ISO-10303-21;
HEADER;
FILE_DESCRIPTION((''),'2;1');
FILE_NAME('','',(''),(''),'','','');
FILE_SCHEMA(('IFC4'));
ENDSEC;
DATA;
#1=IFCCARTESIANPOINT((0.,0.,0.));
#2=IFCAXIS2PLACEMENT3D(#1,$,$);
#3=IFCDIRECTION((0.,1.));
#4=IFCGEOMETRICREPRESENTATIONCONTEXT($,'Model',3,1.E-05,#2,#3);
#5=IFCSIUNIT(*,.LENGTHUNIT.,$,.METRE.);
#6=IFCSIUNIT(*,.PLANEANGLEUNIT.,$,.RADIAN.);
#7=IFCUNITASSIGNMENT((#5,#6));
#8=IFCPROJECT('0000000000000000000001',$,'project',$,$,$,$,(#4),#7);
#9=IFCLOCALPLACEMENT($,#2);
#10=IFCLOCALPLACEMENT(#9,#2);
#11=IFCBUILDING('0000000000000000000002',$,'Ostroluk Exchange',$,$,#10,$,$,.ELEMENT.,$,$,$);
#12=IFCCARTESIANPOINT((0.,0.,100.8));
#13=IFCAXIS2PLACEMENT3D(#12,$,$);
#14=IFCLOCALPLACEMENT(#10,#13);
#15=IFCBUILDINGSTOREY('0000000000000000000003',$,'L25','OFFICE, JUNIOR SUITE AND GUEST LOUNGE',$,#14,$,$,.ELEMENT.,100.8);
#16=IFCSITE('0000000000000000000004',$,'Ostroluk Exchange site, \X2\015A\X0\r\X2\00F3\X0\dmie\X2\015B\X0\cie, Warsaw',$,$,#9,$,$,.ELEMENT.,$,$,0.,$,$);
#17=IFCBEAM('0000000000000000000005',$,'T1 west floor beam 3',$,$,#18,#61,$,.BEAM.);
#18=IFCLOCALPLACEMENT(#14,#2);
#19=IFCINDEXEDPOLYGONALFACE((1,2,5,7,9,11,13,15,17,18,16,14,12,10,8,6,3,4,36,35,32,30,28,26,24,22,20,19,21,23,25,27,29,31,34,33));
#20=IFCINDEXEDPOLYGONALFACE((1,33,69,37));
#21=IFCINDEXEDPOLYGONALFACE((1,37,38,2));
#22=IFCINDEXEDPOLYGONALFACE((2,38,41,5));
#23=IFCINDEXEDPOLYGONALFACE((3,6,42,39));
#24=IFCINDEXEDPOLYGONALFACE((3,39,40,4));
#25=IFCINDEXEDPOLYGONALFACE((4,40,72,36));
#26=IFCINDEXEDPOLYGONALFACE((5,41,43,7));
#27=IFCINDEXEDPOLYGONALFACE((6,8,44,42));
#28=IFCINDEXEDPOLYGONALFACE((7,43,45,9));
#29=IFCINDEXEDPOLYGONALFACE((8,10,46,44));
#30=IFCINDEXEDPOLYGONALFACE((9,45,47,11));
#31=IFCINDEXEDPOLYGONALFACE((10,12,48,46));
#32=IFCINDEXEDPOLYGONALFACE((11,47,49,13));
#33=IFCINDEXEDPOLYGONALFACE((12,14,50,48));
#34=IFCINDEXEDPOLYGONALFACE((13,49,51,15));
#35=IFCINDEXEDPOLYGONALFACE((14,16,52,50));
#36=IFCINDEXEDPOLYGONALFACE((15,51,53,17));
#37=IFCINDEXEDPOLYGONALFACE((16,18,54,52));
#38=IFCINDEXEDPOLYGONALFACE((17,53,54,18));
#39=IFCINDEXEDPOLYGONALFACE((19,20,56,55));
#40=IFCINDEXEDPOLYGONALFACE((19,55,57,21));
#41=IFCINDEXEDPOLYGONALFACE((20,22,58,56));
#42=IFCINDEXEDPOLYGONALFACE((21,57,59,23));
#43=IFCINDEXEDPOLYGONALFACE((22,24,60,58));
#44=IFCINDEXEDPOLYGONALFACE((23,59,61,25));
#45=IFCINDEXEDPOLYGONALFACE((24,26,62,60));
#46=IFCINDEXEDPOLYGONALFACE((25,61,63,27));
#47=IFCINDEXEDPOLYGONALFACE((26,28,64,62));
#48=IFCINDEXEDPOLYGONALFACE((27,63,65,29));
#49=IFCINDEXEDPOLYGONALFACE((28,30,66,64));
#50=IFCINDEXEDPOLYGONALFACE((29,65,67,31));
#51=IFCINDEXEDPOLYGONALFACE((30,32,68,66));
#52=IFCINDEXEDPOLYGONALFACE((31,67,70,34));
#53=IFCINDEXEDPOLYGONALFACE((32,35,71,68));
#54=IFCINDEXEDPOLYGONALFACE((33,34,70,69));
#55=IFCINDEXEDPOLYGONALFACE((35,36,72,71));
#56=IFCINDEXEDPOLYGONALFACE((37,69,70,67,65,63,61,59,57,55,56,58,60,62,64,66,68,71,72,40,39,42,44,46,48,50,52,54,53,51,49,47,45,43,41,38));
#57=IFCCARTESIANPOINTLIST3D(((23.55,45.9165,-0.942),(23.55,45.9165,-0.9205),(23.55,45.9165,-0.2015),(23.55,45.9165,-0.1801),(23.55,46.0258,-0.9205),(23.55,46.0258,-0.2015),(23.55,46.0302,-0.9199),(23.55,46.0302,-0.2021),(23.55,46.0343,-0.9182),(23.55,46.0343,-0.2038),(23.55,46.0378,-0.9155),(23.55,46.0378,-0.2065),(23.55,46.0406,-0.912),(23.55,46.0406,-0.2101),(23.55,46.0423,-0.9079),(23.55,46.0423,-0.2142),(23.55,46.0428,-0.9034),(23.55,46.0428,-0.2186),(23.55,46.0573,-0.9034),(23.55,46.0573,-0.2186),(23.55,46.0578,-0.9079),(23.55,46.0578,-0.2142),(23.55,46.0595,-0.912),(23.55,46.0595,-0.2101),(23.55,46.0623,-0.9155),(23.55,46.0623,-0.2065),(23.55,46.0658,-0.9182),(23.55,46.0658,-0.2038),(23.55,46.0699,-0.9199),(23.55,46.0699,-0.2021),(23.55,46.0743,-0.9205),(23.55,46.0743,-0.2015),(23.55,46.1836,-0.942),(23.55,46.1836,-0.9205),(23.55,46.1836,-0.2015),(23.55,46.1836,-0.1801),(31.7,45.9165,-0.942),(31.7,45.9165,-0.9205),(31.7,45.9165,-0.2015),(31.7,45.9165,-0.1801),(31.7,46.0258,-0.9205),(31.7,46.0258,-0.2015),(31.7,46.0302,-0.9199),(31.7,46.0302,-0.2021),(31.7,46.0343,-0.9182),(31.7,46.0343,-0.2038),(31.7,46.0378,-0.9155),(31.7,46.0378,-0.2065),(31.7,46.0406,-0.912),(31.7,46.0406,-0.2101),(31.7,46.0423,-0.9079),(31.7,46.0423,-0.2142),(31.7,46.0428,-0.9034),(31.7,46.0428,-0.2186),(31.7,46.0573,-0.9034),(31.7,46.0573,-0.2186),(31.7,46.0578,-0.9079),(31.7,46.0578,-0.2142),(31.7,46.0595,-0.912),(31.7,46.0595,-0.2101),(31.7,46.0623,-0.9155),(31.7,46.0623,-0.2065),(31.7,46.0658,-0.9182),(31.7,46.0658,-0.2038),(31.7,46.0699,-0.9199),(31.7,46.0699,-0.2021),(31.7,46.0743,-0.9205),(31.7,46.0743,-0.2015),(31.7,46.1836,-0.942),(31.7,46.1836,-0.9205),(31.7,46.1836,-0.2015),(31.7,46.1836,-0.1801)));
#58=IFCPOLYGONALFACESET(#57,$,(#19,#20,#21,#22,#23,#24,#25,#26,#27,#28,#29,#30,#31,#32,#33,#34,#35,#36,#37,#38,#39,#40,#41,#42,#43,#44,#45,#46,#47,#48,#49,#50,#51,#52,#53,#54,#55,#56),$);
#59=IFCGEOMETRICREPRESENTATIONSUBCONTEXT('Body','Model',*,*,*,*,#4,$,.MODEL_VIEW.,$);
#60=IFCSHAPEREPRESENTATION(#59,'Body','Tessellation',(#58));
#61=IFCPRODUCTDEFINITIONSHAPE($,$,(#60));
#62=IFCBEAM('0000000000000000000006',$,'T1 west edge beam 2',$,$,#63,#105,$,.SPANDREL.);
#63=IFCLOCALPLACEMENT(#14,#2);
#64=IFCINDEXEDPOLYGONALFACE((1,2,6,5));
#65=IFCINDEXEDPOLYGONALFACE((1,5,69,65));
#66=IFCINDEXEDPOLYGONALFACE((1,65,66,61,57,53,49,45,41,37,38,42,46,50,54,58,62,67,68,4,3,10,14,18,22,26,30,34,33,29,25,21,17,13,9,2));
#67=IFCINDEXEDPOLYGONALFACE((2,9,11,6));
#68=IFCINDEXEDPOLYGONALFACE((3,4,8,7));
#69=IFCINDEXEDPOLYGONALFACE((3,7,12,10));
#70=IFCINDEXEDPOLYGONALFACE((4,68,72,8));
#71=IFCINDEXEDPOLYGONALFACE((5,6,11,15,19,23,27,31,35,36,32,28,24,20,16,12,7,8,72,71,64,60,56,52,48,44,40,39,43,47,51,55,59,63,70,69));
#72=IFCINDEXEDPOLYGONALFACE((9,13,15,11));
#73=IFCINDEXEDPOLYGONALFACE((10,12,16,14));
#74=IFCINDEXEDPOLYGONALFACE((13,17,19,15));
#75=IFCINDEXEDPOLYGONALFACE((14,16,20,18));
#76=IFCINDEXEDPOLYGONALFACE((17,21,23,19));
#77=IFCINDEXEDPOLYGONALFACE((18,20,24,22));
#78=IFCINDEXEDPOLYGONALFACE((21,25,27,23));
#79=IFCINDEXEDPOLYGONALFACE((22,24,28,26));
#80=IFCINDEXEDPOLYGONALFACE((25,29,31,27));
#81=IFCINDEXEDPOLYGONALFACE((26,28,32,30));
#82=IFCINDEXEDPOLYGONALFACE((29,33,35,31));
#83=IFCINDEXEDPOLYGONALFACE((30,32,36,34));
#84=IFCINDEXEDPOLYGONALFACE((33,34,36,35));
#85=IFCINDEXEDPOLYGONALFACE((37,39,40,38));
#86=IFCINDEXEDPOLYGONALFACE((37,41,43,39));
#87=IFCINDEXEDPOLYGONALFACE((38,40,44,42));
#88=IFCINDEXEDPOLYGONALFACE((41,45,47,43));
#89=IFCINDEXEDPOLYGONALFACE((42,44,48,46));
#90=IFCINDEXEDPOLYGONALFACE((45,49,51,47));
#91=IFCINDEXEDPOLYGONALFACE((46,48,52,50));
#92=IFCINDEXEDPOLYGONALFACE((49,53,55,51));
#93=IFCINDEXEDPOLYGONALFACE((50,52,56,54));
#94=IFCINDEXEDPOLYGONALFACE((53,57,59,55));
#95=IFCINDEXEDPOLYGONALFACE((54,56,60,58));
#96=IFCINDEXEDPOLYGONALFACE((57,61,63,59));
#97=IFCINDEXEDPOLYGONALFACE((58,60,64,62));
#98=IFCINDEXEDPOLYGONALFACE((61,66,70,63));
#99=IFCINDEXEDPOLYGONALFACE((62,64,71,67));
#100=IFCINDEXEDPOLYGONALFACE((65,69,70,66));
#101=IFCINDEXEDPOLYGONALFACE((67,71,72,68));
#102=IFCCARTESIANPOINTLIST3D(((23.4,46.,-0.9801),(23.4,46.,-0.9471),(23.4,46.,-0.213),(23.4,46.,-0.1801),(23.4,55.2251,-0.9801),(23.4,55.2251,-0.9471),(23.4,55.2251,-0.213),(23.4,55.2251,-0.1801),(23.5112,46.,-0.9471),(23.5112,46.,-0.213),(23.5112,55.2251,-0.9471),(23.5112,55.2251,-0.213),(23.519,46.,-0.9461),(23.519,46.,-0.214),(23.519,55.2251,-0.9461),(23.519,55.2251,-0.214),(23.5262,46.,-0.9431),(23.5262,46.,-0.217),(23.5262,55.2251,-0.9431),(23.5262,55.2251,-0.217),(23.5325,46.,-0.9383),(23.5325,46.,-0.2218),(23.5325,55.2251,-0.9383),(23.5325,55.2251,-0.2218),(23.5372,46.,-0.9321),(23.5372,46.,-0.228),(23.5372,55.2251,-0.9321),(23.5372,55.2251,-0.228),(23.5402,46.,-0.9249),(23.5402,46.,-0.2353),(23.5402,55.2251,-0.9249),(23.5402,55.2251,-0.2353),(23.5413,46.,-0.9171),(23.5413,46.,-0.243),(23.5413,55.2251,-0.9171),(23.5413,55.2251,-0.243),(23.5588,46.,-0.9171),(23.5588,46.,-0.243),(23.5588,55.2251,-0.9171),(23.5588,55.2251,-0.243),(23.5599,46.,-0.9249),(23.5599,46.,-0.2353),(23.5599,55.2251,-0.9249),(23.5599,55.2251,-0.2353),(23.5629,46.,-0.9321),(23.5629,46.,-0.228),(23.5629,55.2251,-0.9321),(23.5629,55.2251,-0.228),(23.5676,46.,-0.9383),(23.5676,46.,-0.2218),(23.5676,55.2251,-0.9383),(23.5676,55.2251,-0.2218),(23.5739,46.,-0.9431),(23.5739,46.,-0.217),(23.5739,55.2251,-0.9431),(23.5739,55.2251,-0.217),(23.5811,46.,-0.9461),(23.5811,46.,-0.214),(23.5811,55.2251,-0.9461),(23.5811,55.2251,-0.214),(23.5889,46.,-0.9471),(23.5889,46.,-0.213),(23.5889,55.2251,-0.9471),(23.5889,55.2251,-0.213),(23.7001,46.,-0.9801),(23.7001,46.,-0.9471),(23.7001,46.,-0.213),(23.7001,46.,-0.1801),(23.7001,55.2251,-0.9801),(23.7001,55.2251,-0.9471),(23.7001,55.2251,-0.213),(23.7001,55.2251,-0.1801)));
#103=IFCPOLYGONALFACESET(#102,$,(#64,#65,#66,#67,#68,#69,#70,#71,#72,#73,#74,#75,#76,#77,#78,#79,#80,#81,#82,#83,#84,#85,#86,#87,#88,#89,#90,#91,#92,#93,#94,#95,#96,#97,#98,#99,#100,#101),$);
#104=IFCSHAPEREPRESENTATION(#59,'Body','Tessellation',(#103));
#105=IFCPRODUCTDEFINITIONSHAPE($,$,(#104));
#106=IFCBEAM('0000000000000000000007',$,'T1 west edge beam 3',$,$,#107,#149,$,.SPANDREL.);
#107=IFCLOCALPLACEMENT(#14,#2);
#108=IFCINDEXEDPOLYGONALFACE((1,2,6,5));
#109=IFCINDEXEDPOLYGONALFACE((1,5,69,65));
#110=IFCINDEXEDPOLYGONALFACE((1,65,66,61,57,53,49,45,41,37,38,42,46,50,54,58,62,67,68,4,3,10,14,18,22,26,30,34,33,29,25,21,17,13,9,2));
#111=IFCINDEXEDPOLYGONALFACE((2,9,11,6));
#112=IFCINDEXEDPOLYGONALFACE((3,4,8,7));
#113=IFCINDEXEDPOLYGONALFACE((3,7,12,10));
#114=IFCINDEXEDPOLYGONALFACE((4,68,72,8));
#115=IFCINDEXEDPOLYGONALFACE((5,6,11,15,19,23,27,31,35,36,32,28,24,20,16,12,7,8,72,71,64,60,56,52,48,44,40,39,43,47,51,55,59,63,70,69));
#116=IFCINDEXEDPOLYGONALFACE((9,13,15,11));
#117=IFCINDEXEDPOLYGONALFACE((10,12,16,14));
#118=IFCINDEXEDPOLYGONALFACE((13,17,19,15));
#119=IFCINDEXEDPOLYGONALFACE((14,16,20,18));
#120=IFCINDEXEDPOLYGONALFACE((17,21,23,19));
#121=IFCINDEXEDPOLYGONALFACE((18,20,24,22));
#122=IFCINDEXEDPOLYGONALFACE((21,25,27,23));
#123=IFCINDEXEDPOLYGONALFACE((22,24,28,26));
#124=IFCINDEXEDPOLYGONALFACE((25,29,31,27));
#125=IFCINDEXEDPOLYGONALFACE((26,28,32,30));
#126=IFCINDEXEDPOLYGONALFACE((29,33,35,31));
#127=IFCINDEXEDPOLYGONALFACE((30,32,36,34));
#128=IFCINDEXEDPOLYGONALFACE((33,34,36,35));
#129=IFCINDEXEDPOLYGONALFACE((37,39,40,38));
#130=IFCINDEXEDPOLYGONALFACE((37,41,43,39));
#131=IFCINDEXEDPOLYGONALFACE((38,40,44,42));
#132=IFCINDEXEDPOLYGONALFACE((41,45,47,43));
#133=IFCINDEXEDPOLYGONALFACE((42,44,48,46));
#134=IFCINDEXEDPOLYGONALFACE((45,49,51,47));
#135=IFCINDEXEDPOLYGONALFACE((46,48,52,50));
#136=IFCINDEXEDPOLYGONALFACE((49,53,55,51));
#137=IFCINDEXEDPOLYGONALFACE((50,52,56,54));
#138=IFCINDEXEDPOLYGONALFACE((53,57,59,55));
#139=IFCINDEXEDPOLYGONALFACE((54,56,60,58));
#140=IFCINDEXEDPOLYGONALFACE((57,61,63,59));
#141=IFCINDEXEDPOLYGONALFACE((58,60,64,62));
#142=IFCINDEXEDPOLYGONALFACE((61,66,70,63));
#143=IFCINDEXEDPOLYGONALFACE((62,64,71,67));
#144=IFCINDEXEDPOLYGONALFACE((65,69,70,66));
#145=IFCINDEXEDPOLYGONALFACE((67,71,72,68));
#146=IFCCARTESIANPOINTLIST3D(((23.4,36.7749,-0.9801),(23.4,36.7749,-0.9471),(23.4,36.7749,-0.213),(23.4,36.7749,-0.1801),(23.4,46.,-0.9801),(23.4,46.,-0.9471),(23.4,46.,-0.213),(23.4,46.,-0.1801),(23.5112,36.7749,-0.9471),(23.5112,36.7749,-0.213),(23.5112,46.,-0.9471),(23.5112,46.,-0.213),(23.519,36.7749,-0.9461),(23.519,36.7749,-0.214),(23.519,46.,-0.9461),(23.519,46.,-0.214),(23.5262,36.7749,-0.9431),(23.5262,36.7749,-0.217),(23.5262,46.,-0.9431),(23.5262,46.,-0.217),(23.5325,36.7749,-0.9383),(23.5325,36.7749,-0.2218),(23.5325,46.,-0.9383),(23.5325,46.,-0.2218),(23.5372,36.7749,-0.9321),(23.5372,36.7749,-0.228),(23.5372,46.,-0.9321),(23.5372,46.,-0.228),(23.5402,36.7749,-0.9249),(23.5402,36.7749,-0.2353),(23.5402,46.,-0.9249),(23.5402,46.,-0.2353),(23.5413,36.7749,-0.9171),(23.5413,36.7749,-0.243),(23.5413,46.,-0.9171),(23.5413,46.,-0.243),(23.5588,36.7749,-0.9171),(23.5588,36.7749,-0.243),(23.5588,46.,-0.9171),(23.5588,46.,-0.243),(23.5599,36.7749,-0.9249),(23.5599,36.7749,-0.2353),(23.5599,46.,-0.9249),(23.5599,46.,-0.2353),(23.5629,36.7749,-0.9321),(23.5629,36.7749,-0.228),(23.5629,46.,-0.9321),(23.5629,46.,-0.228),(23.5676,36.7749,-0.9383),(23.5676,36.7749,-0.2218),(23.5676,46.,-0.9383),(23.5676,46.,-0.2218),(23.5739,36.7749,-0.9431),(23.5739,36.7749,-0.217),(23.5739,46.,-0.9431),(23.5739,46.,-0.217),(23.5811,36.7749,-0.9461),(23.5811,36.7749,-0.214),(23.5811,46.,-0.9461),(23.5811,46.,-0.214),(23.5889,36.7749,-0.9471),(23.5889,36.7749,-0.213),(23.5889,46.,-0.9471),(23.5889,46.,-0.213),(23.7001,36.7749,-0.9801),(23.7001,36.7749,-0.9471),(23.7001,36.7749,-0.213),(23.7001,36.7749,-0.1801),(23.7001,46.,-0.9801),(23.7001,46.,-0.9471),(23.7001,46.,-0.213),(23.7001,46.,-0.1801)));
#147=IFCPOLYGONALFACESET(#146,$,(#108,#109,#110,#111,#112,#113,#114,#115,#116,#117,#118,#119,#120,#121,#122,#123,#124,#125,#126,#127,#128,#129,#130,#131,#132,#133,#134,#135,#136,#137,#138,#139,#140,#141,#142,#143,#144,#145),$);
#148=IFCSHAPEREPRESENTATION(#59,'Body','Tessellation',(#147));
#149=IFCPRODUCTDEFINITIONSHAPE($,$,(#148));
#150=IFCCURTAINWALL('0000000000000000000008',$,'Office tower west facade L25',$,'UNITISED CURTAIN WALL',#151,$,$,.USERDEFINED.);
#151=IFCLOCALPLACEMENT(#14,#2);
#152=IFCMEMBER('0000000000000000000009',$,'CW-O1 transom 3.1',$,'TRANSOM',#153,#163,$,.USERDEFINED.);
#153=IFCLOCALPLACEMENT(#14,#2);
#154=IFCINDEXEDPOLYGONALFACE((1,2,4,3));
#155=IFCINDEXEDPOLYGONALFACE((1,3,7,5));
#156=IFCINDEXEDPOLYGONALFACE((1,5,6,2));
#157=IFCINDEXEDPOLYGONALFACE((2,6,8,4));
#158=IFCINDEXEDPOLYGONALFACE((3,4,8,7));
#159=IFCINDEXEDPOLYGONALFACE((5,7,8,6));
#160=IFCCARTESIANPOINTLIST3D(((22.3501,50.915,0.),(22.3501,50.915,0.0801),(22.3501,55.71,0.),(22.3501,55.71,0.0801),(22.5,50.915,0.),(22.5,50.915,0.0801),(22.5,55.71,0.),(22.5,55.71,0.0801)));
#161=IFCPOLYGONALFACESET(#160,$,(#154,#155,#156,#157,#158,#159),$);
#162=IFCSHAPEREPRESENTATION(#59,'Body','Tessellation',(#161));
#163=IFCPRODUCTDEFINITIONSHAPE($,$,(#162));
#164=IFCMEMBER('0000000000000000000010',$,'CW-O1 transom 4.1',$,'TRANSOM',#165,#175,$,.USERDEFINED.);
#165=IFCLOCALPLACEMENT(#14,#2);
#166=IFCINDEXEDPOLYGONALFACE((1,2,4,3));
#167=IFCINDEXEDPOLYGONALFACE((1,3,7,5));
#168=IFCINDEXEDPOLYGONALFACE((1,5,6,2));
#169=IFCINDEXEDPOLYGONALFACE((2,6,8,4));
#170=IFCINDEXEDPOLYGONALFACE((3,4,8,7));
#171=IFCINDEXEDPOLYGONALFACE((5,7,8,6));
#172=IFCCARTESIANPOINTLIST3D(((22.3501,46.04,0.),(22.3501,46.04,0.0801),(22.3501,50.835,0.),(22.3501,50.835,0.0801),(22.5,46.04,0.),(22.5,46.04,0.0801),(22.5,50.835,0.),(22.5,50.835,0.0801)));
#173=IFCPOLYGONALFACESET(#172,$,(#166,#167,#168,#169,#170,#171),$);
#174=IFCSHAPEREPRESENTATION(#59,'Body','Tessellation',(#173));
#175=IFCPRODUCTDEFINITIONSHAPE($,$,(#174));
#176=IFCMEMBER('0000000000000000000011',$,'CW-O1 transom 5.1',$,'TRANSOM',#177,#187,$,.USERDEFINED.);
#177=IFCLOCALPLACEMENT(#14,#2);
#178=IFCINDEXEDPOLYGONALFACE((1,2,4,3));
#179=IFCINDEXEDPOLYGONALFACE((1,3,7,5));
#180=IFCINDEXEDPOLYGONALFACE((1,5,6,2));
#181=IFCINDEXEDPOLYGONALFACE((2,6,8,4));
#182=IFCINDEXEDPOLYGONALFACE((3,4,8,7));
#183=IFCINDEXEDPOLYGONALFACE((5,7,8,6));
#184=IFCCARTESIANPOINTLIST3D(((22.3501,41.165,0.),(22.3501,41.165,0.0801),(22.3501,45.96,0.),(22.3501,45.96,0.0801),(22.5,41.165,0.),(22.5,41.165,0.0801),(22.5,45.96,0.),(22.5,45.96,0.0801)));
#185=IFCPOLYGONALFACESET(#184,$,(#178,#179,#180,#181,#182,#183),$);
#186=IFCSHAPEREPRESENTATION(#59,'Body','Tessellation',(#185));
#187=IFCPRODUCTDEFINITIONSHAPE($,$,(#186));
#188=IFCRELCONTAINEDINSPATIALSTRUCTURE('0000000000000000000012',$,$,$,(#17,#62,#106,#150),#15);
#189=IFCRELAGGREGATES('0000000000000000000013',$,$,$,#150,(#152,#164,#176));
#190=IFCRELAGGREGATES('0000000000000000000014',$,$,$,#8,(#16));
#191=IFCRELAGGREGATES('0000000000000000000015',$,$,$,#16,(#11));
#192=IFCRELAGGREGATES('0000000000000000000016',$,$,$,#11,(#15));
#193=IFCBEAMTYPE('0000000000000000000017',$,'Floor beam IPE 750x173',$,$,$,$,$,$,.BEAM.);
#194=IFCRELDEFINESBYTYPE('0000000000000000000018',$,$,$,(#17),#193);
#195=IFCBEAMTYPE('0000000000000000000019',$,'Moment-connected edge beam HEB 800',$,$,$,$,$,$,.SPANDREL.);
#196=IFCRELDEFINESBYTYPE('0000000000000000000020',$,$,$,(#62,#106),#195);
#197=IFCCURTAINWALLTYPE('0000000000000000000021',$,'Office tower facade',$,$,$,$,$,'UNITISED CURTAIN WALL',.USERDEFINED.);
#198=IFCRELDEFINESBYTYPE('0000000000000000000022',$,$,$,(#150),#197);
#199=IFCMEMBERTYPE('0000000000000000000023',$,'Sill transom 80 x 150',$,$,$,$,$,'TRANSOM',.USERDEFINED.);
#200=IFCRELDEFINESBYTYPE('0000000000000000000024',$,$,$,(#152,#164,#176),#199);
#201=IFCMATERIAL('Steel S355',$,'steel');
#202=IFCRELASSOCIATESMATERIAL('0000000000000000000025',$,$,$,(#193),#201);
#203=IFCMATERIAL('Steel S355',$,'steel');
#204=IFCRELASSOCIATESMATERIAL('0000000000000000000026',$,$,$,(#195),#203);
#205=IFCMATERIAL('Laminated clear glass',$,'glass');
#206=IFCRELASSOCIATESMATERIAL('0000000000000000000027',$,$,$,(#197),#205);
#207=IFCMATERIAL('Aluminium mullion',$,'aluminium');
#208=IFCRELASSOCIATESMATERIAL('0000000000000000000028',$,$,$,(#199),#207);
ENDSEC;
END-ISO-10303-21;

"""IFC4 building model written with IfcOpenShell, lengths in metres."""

from ifc_helpers import new_model, si_unit, direction, frame, origin, origin_2d, place, context, subcontext, project, spatial, rectangle, i_section, extrude, material, material_profile, profile_set, type_object, element, aggregate, save


model = new_model("IFC4")

# Units and contexts
model_context = context("Model", 3, precision=1e-05, world=origin(), true_north=direction((0.0, 1.0)))
body_context = subcontext(model_context, "Body", "Model", "MODEL_VIEW")
ifc_project = project(units=[si_unit("LENGTHUNIT", "METRE"), si_unit("PLANEANGLEUNIT", "RADIAN")], contexts=[model_context])

# Site, building, storey
site_placement = place(None, origin())
site = spatial("IfcSite", under=ifc_project, at=site_placement, Name="Ostroluk Exchange site, Śródmieście, Warsaw", CompositionType="ELEMENT", RefElevation=0.0)
building_placement = place(site_placement, origin())
building = spatial("IfcBuilding", under=site, at=building_placement, Name="Ostroluk Exchange", CompositionType="ELEMENT")
storey_placement = place(building_placement, frame((0.0, 0.0, 100.8)))
storey = spatial("IfcBuildingStorey", under=building, at=storey_placement, Name="L25", Description="OFFICE, JUNIOR SUITE AND GUEST LOUNGE", CompositionType="ELEMENT", Elevation=100.8)

# Beams
ifc_material_1 = material(Name="Steel S355", Category="steel")
ifc_material_profile_1 = material_profile(ifc_material_1, i_section(OverallWidth=0.2671, OverallDepth=0.762, WebThickness=0.0144, FlangeThickness=0.0215, FilletRadius=0.0171, at=origin_2d()), Name="IPE 750x173")
ifc_profile_set_1 = profile_set([ifc_material_profile_1], Name="Steel S355")
beam_type_1 = type_object("IfcBeamType", Name="Floor beam IPE 750x173", PredefinedType="BEAM", material=ifc_profile_set_1)
beam_placement = place(storey_placement, frame((31.7, 46.05, -0.561), z_axis=(-1.0, 0.0, 0.0), x_axis=(0.0, -1.0, 0.0)))
element("IfcBeam", 1, at=beam_placement, inside=storey, type_object=beam_type_1, Name="T1 west floor beam 3", PredefinedType="BEAM", context=body_context, shape_type="SweptSolid", body=[
    extrude(i_section(OverallWidth=0.2671, OverallDepth=0.762, WebThickness=0.0144, FlangeThickness=0.0215, FilletRadius=0.0171, at=origin_2d()), origin(), (0.0, 0.0, 1.0), 8.1499),
])
ifc_material_2 = material(Name="Steel S355", Category="steel")
ifc_material_profile_2 = material_profile(ifc_material_2, i_section(OverallWidth=0.3, OverallDepth=0.8, WebThickness=0.0176, FlangeThickness=0.033, FilletRadius=0.03, at=origin_2d()), Name="HEB 800")
ifc_profile_set_2 = profile_set([ifc_material_profile_2], Name="Steel S355")
beam_type_2 = type_object("IfcBeamType", Name="Moment-connected edge beam HEB 800", PredefinedType="SPANDREL", material=ifc_profile_set_2)
for number, where, z_axis, x_axis, name in (
    (2, (23.55, 55.2251, -0.5801), (0.0, -1.0, 0.0), (1.0, 0.0, 0.0), "T1 west edge beam 2"),
    (3, (23.55, 46.0, -0.5801), (0.0, -1.0, 0.0), (1.0, 0.0, 0.0), "T1 west edge beam 3"),
):
    element("IfcBeam", number, at=place(storey_placement, frame(where, z_axis=z_axis, x_axis=x_axis)), inside=storey, type_object=beam_type_2, Name=name, PredefinedType="SPANDREL", context=body_context, shape_type="SweptSolid", body=[
        extrude(i_section(OverallWidth=0.3, OverallDepth=0.8, WebThickness=0.0176, FlangeThickness=0.033, FilletRadius=0.03, at=origin_2d()), origin(), (0.0, 0.0, 1.0), 9.2251),
    ])

# Curtain wall, members
ifc_material_3 = material(Name="Laminated clear glass", Category="glass")
curtain_wall_type = type_object("IfcCurtainWallType", Name="Office tower facade", ElementType="UNITISED CURTAIN WALL", PredefinedType="USERDEFINED", material=ifc_material_3)
curtain_wall_placement = place(storey_placement, origin())
curtain_wall = element("IfcCurtainWall", 4, at=curtain_wall_placement, inside=storey, type_object=curtain_wall_type, Name="Office tower west facade L25", ObjectType="UNITISED CURTAIN WALL", PredefinedType="USERDEFINED")
ifc_material_4 = material(Name="Aluminium mullion", Category="aluminium")
ifc_material_profile_3 = material_profile(ifc_material_4, rectangle(XDim=0.1499, YDim=0.0801, at=origin_2d()), Name="Sill transom 80 x 150")
ifc_profile_set_3 = profile_set([ifc_material_profile_3], Name="Aluminium mullion")
member_type_1 = type_object("IfcMemberType", Name="Sill transom 80 x 150", ElementType="TRANSOM", PredefinedType="USERDEFINED", material=ifc_profile_set_3)
member_1_placement = place(storey_placement, frame((22.425, 55.71, 0.04), z_axis=(0.0, -1.0, 0.0), x_axis=(1.0, 0.0, 0.0)))
member_1 = element("IfcMember", 5, at=member_1_placement, type_object=member_type_1, Name="CW-O1 transom 3.1", ObjectType="TRANSOM", PredefinedType="USERDEFINED", context=body_context, shape_type="SweptSolid", body=[
    extrude(rectangle(XDim=0.1499, YDim=0.0801, at=origin_2d()), origin(), (0.0, 0.0, 1.0), 4.7949),
])
member_2_placement = place(storey_placement, frame((22.425, 50.835, 0.04), z_axis=(0.0, -1.0, 0.0), x_axis=(1.0, 0.0, 0.0)))
member_2 = element("IfcMember", 6, at=member_2_placement, type_object=member_type_1, Name="CW-O1 transom 4.1", ObjectType="TRANSOM", PredefinedType="USERDEFINED", context=body_context, shape_type="SweptSolid", body=[
    extrude(rectangle(XDim=0.1499, YDim=0.0801, at=origin_2d()), origin(), (0.0, 0.0, 1.0), 4.7949),
])
member_3_placement = place(storey_placement, frame((22.425, 45.96, 0.04), z_axis=(0.0, -1.0, 0.0), x_axis=(1.0, 0.0, 0.0)))
member_3 = element("IfcMember", 7, at=member_3_placement, type_object=member_type_1, Name="CW-O1 transom 5.1", ObjectType="TRANSOM", PredefinedType="USERDEFINED", context=body_context, shape_type="SweptSolid", body=[
    extrude(rectangle(XDim=0.1499, YDim=0.0801, at=origin_2d()), origin(), (0.0, 0.0, 1.0), 4.7949),
])
aggregate(curtain_wall, [member_1, member_2, member_3])

save(model, "model.ifc")
